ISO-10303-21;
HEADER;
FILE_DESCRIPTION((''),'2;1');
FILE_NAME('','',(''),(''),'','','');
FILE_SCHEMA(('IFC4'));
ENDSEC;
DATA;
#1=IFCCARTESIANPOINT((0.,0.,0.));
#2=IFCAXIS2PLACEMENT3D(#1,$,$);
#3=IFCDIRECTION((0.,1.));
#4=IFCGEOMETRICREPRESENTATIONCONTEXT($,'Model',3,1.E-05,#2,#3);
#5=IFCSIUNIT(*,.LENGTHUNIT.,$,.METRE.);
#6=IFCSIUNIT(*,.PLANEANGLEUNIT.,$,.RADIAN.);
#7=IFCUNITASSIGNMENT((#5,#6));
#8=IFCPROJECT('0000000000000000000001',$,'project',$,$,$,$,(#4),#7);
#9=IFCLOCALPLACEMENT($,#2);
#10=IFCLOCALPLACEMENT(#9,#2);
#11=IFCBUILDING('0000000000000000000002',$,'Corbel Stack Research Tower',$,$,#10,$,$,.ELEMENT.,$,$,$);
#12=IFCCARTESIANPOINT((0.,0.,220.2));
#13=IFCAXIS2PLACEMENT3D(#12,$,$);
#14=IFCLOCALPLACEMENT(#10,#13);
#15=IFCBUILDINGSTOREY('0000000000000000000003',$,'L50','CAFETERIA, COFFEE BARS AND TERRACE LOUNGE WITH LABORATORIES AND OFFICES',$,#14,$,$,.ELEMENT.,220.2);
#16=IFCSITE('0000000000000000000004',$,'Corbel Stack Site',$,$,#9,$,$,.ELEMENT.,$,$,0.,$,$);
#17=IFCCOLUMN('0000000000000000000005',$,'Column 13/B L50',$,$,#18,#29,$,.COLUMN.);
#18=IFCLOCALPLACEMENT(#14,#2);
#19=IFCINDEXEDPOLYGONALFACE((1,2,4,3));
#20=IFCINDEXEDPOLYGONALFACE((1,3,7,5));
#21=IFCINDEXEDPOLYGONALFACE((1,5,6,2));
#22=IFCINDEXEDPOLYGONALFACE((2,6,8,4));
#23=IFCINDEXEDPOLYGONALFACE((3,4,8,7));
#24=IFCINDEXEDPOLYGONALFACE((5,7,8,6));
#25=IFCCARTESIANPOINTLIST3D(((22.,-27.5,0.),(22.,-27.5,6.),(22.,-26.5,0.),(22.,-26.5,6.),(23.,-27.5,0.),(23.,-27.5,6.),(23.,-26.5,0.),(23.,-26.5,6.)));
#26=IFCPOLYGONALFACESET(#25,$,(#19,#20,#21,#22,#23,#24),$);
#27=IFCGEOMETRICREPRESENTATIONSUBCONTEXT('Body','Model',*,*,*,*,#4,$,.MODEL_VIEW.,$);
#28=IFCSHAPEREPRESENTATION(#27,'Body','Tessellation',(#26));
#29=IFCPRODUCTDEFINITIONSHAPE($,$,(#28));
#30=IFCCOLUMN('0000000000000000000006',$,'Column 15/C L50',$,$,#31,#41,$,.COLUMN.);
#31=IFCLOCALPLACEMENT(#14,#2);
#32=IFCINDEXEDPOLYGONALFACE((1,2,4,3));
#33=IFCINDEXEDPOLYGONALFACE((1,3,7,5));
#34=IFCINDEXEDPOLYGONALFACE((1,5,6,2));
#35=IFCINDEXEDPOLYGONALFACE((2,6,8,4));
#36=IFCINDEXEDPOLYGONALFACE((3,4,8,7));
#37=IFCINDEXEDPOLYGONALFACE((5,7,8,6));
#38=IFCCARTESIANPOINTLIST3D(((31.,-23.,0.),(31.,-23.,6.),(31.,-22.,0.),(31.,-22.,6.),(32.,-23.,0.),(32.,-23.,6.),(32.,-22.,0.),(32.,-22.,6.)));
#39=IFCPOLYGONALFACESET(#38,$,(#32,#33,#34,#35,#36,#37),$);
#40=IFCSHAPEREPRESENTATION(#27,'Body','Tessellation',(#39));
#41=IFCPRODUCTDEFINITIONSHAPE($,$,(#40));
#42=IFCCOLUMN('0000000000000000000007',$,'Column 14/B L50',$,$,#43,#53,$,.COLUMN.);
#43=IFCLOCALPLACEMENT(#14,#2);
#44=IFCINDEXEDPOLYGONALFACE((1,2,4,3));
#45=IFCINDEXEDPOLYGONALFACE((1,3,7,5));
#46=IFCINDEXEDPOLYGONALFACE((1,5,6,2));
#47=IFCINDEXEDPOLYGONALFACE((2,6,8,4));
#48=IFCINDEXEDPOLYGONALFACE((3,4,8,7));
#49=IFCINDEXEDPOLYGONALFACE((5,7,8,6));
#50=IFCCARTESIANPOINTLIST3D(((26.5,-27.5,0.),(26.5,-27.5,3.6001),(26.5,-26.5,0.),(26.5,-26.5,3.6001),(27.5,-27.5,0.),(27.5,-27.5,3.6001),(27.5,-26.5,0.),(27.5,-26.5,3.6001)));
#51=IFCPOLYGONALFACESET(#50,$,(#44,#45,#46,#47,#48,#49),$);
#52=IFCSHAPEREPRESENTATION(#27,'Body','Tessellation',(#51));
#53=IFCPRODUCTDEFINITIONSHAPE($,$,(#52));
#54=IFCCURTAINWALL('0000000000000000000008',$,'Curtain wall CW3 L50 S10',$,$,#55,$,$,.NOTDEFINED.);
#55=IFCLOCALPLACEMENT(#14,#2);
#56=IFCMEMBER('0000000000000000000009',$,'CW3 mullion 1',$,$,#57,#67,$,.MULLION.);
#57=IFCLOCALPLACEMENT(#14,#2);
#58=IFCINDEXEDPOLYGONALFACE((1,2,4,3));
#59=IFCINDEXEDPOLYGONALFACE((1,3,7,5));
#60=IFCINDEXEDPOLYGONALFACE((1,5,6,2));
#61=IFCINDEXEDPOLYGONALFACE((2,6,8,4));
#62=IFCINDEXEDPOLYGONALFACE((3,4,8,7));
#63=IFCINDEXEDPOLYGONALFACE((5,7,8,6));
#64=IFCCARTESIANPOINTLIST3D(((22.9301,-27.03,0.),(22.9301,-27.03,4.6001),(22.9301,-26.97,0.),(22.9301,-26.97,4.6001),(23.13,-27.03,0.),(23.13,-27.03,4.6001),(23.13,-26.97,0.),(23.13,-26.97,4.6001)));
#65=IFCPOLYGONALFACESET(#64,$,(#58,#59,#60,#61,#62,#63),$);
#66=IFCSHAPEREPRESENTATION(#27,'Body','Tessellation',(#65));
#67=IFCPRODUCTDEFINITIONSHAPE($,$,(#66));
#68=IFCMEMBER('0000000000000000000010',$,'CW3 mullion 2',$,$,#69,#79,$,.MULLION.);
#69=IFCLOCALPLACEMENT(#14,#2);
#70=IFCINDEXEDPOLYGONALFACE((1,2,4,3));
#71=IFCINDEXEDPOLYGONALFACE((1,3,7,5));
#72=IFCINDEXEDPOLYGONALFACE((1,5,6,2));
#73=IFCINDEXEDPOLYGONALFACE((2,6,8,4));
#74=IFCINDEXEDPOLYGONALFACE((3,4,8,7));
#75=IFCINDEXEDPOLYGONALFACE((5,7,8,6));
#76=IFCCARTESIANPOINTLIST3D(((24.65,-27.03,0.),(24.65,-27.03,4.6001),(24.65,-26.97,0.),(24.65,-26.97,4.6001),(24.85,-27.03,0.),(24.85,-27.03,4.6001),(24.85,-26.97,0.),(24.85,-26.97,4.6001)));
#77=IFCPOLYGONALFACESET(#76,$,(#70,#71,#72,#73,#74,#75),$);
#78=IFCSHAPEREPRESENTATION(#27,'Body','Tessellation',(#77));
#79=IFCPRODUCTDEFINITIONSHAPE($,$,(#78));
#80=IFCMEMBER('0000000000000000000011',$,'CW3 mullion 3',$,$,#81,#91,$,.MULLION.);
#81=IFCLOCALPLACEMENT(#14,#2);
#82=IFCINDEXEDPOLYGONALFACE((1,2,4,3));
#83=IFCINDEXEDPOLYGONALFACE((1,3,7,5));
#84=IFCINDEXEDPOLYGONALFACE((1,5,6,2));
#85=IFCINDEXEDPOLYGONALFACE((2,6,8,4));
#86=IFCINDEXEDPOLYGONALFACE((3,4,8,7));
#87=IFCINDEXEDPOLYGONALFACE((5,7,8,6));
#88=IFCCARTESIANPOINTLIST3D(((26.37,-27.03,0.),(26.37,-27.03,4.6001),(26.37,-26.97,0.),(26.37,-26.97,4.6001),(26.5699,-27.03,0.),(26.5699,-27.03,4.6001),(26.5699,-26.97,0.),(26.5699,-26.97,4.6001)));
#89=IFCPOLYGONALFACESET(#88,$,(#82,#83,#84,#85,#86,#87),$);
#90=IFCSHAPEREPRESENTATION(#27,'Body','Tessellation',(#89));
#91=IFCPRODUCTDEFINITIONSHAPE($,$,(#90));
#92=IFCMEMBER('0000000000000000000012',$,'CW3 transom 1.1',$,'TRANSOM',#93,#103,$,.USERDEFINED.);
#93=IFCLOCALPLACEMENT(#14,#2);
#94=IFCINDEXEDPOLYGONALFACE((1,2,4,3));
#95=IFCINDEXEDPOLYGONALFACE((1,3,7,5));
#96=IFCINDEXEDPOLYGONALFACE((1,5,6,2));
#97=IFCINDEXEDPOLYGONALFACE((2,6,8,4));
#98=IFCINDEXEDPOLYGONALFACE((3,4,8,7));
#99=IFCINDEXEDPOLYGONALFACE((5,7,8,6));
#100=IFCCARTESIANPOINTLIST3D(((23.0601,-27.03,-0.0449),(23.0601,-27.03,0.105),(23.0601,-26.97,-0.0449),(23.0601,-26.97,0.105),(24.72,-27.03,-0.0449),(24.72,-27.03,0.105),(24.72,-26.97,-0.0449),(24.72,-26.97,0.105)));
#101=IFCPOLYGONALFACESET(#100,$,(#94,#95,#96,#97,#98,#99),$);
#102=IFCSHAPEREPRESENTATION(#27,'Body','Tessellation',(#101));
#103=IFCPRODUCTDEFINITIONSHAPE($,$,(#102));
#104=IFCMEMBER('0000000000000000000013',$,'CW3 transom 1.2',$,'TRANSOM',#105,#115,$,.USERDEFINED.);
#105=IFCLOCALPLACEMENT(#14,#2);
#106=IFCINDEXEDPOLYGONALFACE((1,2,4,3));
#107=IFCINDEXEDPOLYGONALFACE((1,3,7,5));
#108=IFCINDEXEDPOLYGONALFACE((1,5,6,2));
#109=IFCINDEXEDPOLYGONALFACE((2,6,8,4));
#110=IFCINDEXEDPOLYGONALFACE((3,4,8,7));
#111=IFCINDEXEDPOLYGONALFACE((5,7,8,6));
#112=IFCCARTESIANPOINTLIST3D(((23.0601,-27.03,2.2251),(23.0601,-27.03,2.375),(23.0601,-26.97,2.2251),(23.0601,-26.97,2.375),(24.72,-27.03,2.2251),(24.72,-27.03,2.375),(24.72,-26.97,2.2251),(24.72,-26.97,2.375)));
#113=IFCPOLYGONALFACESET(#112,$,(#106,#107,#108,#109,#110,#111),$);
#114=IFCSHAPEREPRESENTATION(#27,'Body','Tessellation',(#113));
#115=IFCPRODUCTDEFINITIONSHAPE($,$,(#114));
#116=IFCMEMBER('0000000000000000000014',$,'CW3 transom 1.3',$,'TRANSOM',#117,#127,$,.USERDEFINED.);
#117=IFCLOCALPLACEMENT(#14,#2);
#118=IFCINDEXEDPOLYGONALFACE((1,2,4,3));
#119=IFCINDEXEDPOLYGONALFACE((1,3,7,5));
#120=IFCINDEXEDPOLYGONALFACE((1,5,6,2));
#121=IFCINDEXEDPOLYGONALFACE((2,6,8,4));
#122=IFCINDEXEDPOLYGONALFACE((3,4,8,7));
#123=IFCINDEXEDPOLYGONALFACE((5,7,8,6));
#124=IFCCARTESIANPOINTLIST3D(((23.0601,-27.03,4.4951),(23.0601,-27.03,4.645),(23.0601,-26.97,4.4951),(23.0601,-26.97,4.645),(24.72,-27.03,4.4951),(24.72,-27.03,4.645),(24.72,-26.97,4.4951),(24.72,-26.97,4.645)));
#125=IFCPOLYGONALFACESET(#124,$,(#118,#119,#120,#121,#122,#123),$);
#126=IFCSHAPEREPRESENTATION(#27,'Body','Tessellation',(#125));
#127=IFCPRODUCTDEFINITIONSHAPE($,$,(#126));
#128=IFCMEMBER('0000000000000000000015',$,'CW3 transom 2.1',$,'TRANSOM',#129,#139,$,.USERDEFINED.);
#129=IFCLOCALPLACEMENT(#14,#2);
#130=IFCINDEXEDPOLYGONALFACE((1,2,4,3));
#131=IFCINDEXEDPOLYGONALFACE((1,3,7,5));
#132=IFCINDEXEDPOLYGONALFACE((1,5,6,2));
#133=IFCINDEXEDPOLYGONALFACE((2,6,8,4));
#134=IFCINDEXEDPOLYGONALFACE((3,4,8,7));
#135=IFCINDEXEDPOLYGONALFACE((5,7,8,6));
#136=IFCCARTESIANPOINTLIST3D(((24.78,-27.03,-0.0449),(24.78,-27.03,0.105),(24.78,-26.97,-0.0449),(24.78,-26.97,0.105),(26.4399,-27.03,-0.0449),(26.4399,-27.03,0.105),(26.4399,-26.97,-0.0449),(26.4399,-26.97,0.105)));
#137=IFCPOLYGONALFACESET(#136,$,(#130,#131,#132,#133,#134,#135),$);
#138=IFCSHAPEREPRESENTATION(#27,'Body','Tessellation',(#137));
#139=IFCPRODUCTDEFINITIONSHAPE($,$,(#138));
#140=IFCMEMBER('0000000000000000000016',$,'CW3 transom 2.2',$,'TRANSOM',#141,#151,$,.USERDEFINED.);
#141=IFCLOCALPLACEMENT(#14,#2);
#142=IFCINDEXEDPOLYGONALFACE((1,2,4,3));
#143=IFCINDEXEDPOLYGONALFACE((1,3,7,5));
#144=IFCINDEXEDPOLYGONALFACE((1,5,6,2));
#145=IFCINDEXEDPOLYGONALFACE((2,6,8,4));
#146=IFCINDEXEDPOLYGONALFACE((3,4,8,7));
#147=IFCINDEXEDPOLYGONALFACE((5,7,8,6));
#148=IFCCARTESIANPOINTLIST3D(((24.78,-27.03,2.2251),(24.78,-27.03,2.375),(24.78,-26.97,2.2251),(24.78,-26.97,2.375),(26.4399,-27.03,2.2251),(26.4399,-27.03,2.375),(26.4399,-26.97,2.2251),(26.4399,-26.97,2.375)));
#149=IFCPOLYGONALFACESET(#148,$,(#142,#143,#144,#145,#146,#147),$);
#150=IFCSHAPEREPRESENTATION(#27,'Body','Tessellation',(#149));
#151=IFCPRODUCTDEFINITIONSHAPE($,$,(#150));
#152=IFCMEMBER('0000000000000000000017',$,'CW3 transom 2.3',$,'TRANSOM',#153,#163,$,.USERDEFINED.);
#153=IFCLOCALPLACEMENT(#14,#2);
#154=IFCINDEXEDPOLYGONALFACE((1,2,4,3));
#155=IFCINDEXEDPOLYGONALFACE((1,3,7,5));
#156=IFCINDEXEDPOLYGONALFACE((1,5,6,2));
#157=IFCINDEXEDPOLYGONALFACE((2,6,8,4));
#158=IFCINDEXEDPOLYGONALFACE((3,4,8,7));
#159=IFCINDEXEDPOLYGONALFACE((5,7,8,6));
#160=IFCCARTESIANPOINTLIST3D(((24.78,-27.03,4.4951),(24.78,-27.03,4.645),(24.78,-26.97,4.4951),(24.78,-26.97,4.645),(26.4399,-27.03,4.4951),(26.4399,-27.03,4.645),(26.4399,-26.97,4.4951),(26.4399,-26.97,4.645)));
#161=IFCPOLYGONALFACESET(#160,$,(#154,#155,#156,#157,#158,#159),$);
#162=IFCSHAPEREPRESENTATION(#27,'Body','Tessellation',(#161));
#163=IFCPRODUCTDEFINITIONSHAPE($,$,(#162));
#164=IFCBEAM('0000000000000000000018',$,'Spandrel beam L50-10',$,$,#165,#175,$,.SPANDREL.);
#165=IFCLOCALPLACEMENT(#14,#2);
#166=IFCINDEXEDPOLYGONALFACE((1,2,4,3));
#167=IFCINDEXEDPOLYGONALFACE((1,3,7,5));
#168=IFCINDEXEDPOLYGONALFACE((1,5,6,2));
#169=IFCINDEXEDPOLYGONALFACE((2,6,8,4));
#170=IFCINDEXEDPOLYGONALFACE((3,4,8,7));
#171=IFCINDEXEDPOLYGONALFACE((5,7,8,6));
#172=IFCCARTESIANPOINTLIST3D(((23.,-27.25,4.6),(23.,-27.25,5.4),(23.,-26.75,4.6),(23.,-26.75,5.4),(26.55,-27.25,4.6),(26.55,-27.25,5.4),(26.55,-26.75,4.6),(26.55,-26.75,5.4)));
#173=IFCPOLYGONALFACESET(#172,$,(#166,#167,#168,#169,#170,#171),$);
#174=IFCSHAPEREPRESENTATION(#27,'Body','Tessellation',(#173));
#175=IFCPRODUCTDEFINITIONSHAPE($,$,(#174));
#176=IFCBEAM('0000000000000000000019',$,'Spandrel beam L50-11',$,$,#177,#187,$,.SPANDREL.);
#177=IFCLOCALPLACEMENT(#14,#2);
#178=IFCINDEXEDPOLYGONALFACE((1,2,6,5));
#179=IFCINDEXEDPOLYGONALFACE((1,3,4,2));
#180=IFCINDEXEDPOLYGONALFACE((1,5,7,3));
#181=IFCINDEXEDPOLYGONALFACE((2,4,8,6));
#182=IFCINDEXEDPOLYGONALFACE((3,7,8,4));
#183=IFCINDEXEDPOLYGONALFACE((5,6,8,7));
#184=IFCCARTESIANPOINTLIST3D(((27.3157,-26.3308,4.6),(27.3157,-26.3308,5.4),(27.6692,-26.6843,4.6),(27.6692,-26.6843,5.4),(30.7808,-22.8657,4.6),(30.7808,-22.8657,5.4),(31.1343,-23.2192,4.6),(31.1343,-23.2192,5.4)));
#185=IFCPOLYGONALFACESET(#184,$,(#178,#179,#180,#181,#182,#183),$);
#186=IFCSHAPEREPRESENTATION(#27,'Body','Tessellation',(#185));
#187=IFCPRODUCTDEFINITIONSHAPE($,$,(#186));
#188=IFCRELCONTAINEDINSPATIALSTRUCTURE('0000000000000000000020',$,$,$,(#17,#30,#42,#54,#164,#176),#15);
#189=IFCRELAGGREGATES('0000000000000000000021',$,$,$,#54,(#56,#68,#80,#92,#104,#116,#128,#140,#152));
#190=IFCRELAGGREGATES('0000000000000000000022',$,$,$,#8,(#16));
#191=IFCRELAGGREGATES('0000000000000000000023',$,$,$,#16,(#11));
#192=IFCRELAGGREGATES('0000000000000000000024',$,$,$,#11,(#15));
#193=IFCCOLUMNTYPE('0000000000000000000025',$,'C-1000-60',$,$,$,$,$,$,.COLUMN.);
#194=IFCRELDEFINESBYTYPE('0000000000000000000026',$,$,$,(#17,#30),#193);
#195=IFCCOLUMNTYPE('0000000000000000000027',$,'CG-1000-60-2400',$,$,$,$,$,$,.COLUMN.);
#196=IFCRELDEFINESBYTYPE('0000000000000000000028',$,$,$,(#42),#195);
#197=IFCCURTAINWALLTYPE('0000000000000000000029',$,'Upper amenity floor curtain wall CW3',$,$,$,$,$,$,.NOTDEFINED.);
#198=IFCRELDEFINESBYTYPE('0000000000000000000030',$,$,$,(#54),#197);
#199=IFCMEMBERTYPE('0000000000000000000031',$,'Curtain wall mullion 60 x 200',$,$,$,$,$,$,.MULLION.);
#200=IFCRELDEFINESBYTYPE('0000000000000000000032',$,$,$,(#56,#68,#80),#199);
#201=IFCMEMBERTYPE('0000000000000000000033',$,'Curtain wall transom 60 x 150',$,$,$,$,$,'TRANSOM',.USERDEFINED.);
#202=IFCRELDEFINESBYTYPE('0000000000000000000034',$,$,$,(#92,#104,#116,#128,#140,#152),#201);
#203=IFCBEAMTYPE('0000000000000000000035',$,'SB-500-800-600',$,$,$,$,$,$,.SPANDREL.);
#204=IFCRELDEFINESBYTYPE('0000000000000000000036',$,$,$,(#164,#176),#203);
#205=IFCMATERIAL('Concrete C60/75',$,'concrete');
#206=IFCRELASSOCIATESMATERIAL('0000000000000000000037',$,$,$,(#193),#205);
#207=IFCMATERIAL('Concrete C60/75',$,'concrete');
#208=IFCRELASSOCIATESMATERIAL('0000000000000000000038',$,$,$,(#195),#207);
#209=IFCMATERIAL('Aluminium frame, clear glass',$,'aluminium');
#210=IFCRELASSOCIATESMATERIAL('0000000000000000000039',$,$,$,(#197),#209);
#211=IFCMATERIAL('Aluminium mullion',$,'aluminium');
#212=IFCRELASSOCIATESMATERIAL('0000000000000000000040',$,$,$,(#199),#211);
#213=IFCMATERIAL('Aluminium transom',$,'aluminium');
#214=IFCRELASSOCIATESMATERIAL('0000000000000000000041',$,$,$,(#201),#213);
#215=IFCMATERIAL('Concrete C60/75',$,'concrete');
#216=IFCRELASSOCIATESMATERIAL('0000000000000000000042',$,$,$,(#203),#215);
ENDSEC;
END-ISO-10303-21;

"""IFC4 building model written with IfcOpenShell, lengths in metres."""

from ifc_helpers import new_model, si_unit, direction, frame, origin, origin_2d, place, context, subcontext, project, spatial, rectangle, extrude, material, material_profile, profile_set, type_object, element, aggregate, save


model = new_model("IFC4")

# Units and contexts
model_context = context("Model", 3, precision=1e-05, world=origin(), true_north=direction((0.0, 1.0)))
body_context = subcontext(model_context, "Body", "Model", "MODEL_VIEW")
ifc_project = project(units=[si_unit("LENGTHUNIT", "METRE"), si_unit("PLANEANGLEUNIT", "RADIAN")], contexts=[model_context])

# Site, building, storey
site_placement = place(None, origin())
site = spatial("IfcSite", under=ifc_project, at=site_placement, Name="Corbel Stack Site", CompositionType="ELEMENT", RefElevation=0.0)
building_placement = place(site_placement, origin())
building = spatial("IfcBuilding", under=site, at=building_placement, Name="Corbel Stack Research Tower", CompositionType="ELEMENT")
storey_placement = place(building_placement, frame((0.0, 0.0, 220.2)))
storey = spatial("IfcBuildingStorey", under=building, at=storey_placement, Name="L50", Description="CAFETERIA, COFFEE BARS AND TERRACE LOUNGE WITH LABORATORIES AND OFFICES", CompositionType="ELEMENT", Elevation=220.2)

# Columns
ifc_material_1 = material(Name="Concrete C60/75", Category="concrete")
ifc_material_profile_1 = material_profile(ifc_material_1, rectangle(XDim=1.0, YDim=1.0, at=origin_2d()), Name="RC 1000 x 1000")
ifc_profile_set_1 = profile_set([ifc_material_profile_1], Name="Concrete C60/75")
column_type_1 = type_object("IfcColumnType", Name="C-1000-60", PredefinedType="COLUMN", material=ifc_profile_set_1)
for number, where, z_axis, x_axis, name in (
    (1, (22.5, -27.0, 0.0), (0.0, 0.0, 1.0), (1.0, 0.0, 0.0), "Column 13/B L50"),
    (2, (31.5, -22.5, 0.0), (0.0, 0.0, 1.0), (1.0, 0.0, 0.0), "Column 15/C L50"),
):
    element("IfcColumn", number, at=place(storey_placement, frame(where, z_axis=z_axis, x_axis=x_axis)), inside=storey, type_object=column_type_1, Name=name, PredefinedType="COLUMN", context=body_context, shape_type="SweptSolid", body=[
        extrude(rectangle(XDim=1.0, YDim=1.0, at=origin_2d()), origin(), (0.0, 0.0, 1.0), 6.0),
    ])
ifc_material_2 = material(Name="Concrete C60/75", Category="concrete")
ifc_material_profile_2 = material_profile(ifc_material_2, rectangle(XDim=1.0, YDim=1.0, at=origin_2d()), Name="RC 1000 x 1000")
ifc_profile_set_2 = profile_set([ifc_material_profile_2], Name="Concrete C60/75")
column_type_2 = type_object("IfcColumnType", Name="CG-1000-60-2400", PredefinedType="COLUMN", material=ifc_profile_set_2)
column_placement = place(storey_placement, frame((27.0, -27.0, 0.0), z_axis=(0.0, 0.0, 1.0), x_axis=(1.0, 0.0, 0.0)))
element("IfcColumn", 3, at=column_placement, inside=storey, type_object=column_type_2, Name="Column 14/B L50", PredefinedType="COLUMN", context=body_context, shape_type="SweptSolid", body=[
    extrude(rectangle(XDim=1.0, YDim=1.0, at=origin_2d()), origin(), (0.0, 0.0, 1.0), 3.6001),
])

# Curtain wall, members
ifc_material_3 = material(Name="Aluminium frame, clear glass", Category="aluminium")
curtain_wall_type = type_object("IfcCurtainWallType", Name="Upper amenity floor curtain wall CW3", PredefinedType="NOTDEFINED", material=ifc_material_3)
curtain_wall_placement = place(storey_placement, origin())
curtain_wall = element("IfcCurtainWall", 4, at=curtain_wall_placement, inside=storey, type_object=curtain_wall_type, Name="Curtain wall CW3 L50 S10", PredefinedType="NOTDEFINED")
ifc_material_4 = material(Name="Aluminium mullion", Category="aluminium")
ifc_material_profile_3 = material_profile(ifc_material_4, rectangle(XDim=0.0601, YDim=0.2, at=origin_2d()), Name="Mullion 60 x 200")
ifc_profile_set_3 = profile_set([ifc_material_profile_3], Name="Aluminium mullion")
member_type_1 = type_object("IfcMemberType", Name="Curtain wall mullion 60 x 200", PredefinedType="MULLION", material=ifc_profile_set_3)
member_1_placement = place(storey_placement, frame((23.03, -27.0, 0.0), z_axis=(0.0, 0.0, 1.0), x_axis=(0.0, 1.0, 0.0)))
member_1 = element("IfcMember", 5, at=member_1_placement, type_object=member_type_1, Name="CW3 mullion 1", PredefinedType="MULLION", context=body_context, shape_type="SweptSolid", body=[
    extrude(rectangle(XDim=0.0601, YDim=0.2, at=origin_2d()), origin(), (0.0, 0.0, 1.0), 4.6001),
])
member_2_placement = place(storey_placement, frame((24.75, -27.0, 0.0), z_axis=(0.0, 0.0, 1.0), x_axis=(0.0, 1.0, 0.0)))
member_2 = element("IfcMember", 6, at=member_2_placement, type_object=member_type_1, Name="CW3 mullion 2", PredefinedType="MULLION", context=body_context, shape_type="SweptSolid", body=[
    extrude(rectangle(XDim=0.0601, YDim=0.2, at=origin_2d()), origin(), (0.0, 0.0, 1.0), 4.6001),
])
member_3_placement = place(storey_placement, frame((26.47, -27.0, 0.0), z_axis=(0.0, 0.0, 1.0), x_axis=(0.0, 1.0, 0.0)))
member_3 = element("IfcMember", 7, at=member_3_placement, type_object=member_type_1, Name="CW3 mullion 3", PredefinedType="MULLION", context=body_context, shape_type="SweptSolid", body=[
    extrude(rectangle(XDim=0.0601, YDim=0.2, at=origin_2d()), origin(), (0.0, 0.0, 1.0), 4.6001),
])
ifc_material_5 = material(Name="Aluminium transom", Category="aluminium")
ifc_material_profile_4 = material_profile(ifc_material_5, rectangle(XDim=0.0601, YDim=0.1499, at=origin_2d()), Name="Transom 60 x 150")
ifc_profile_set_4 = profile_set([ifc_material_profile_4], Name="Aluminium transom")
member_type_2 = type_object("IfcMemberType", Name="Curtain wall transom 60 x 150", ElementType="TRANSOM", PredefinedType="USERDEFINED", material=ifc_profile_set_4)
member_4_placement = place(storey_placement, frame((23.0601, -27.0, 0.03), z_axis=(1.0, 0.0, 0.0), x_axis=(0.0, 1.0, 0.0)))
member_4 = element("IfcMember", 8, at=member_4_placement, type_object=member_type_2, Name="CW3 transom 1.1", ObjectType="TRANSOM", PredefinedType="USERDEFINED", context=body_context, shape_type="SweptSolid", body=[
    extrude(rectangle(XDim=0.0601, YDim=0.1499, at=origin_2d()), origin(), (0.0, 0.0, 1.0), 1.6599),
])
member_5_placement = place(storey_placement, frame((23.0601, -27.0, 2.3), z_axis=(1.0, 0.0, 0.0), x_axis=(0.0, 1.0, 0.0)))
member_5 = element("IfcMember", 9, at=member_5_placement, type_object=member_type_2, Name="CW3 transom 1.2", ObjectType="TRANSOM", PredefinedType="USERDEFINED", context=body_context, shape_type="SweptSolid", body=[
    extrude(rectangle(XDim=0.0601, YDim=0.1499, at=origin_2d()), origin(), (0.0, 0.0, 1.0), 1.6599),
])
member_6_placement = place(storey_placement, frame((23.0601, -27.0, 4.5701), z_axis=(1.0, 0.0, 0.0), x_axis=(0.0, 1.0, 0.0)))
member_6 = element("IfcMember", 10, at=member_6_placement, type_object=member_type_2, Name="CW3 transom 1.3", ObjectType="TRANSOM", PredefinedType="USERDEFINED", context=body_context, shape_type="SweptSolid", body=[
    extrude(rectangle(XDim=0.0601, YDim=0.1499, at=origin_2d()), origin(), (0.0, 0.0, 1.0), 1.6599),
])
member_7_placement = place(storey_placement, frame((24.78, -27.0, 0.03), z_axis=(1.0, 0.0, 0.0), x_axis=(0.0, 1.0, 0.0)))
member_7 = element("IfcMember", 11, at=member_7_placement, type_object=member_type_2, Name="CW3 transom 2.1", ObjectType="TRANSOM", PredefinedType="USERDEFINED", context=body_context, shape_type="SweptSolid", body=[
    extrude(rectangle(XDim=0.0601, YDim=0.1499, at=origin_2d()), origin(), (0.0, 0.0, 1.0), 1.6599),
])
member_8_placement = place(storey_placement, frame((24.78, -27.0, 2.3), z_axis=(1.0, 0.0, 0.0), x_axis=(0.0, 1.0, 0.0)))
member_8 = element("IfcMember", 12, at=member_8_placement, type_object=member_type_2, Name="CW3 transom 2.2", ObjectType="TRANSOM", PredefinedType="USERDEFINED", context=body_context, shape_type="SweptSolid", body=[
    extrude(rectangle(XDim=0.0601, YDim=0.1499, at=origin_2d()), origin(), (0.0, 0.0, 1.0), 1.6599),
])
member_9_placement = place(storey_placement, frame((24.78, -27.0, 4.5701), z_axis=(1.0, 0.0, 0.0), x_axis=(0.0, 1.0, 0.0)))
member_9 = element("IfcMember", 13, at=member_9_placement, type_object=member_type_2, Name="CW3 transom 2.3", ObjectType="TRANSOM", PredefinedType="USERDEFINED", context=body_context, shape_type="SweptSolid", body=[
    extrude(rectangle(XDim=0.0601, YDim=0.1499, at=origin_2d()), origin(), (0.0, 0.0, 1.0), 1.6599),
])

# Beams
ifc_material_6 = material(Name="Concrete C60/75", Category="concrete")
ifc_material_profile_5 = material_profile(ifc_material_6, rectangle(XDim=0.5, YDim=0.8, at=origin_2d()), Name="RC 500 x 800")
ifc_profile_set_5 = profile_set([ifc_material_profile_5], Name="Concrete C60/75")
beam_type_1 = type_object("IfcBeamType", Name="SB-500-800-600", PredefinedType="SPANDREL", material=ifc_profile_set_5)
beam_1_placement = place(storey_placement, frame((23.0, -27.0, 5.0), z_axis=(1.0, 0.0, 0.0), x_axis=(0.0, 1.0, 0.0)))
element("IfcBeam", 14, at=beam_1_placement, inside=storey, type_object=beam_type_1, Name="Spandrel beam L50-10", PredefinedType="SPANDREL", context=body_context, shape_type="SweptSolid", body=[
    extrude(rectangle(XDim=0.5, YDim=0.8, at=origin_2d()), origin(), (0.0, 0.0, 1.0), 3.55),
])
beam_2_placement = place(storey_placement, frame((27.4924, -26.5076, 5.0), z_axis=(0.707107, 0.707107, 0.0), x_axis=(-0.707107, 0.707107, 0.0)))
element("IfcBeam", 15, at=beam_2_placement, inside=storey, type_object=beam_type_1, Name="Spandrel beam L50-11", PredefinedType="SPANDREL", context=body_context, shape_type="SweptSolid", body=[
    extrude(rectangle(XDim=0.5, YDim=0.8, at=origin_2d()), origin(), (0.0, 0.0, 1.0), 4.9004),
])

aggregate(curtain_wall, [member_1, member_2, member_3, member_4, member_5, member_6, member_7, member_8, member_9])

save(model, "model.ifc")
